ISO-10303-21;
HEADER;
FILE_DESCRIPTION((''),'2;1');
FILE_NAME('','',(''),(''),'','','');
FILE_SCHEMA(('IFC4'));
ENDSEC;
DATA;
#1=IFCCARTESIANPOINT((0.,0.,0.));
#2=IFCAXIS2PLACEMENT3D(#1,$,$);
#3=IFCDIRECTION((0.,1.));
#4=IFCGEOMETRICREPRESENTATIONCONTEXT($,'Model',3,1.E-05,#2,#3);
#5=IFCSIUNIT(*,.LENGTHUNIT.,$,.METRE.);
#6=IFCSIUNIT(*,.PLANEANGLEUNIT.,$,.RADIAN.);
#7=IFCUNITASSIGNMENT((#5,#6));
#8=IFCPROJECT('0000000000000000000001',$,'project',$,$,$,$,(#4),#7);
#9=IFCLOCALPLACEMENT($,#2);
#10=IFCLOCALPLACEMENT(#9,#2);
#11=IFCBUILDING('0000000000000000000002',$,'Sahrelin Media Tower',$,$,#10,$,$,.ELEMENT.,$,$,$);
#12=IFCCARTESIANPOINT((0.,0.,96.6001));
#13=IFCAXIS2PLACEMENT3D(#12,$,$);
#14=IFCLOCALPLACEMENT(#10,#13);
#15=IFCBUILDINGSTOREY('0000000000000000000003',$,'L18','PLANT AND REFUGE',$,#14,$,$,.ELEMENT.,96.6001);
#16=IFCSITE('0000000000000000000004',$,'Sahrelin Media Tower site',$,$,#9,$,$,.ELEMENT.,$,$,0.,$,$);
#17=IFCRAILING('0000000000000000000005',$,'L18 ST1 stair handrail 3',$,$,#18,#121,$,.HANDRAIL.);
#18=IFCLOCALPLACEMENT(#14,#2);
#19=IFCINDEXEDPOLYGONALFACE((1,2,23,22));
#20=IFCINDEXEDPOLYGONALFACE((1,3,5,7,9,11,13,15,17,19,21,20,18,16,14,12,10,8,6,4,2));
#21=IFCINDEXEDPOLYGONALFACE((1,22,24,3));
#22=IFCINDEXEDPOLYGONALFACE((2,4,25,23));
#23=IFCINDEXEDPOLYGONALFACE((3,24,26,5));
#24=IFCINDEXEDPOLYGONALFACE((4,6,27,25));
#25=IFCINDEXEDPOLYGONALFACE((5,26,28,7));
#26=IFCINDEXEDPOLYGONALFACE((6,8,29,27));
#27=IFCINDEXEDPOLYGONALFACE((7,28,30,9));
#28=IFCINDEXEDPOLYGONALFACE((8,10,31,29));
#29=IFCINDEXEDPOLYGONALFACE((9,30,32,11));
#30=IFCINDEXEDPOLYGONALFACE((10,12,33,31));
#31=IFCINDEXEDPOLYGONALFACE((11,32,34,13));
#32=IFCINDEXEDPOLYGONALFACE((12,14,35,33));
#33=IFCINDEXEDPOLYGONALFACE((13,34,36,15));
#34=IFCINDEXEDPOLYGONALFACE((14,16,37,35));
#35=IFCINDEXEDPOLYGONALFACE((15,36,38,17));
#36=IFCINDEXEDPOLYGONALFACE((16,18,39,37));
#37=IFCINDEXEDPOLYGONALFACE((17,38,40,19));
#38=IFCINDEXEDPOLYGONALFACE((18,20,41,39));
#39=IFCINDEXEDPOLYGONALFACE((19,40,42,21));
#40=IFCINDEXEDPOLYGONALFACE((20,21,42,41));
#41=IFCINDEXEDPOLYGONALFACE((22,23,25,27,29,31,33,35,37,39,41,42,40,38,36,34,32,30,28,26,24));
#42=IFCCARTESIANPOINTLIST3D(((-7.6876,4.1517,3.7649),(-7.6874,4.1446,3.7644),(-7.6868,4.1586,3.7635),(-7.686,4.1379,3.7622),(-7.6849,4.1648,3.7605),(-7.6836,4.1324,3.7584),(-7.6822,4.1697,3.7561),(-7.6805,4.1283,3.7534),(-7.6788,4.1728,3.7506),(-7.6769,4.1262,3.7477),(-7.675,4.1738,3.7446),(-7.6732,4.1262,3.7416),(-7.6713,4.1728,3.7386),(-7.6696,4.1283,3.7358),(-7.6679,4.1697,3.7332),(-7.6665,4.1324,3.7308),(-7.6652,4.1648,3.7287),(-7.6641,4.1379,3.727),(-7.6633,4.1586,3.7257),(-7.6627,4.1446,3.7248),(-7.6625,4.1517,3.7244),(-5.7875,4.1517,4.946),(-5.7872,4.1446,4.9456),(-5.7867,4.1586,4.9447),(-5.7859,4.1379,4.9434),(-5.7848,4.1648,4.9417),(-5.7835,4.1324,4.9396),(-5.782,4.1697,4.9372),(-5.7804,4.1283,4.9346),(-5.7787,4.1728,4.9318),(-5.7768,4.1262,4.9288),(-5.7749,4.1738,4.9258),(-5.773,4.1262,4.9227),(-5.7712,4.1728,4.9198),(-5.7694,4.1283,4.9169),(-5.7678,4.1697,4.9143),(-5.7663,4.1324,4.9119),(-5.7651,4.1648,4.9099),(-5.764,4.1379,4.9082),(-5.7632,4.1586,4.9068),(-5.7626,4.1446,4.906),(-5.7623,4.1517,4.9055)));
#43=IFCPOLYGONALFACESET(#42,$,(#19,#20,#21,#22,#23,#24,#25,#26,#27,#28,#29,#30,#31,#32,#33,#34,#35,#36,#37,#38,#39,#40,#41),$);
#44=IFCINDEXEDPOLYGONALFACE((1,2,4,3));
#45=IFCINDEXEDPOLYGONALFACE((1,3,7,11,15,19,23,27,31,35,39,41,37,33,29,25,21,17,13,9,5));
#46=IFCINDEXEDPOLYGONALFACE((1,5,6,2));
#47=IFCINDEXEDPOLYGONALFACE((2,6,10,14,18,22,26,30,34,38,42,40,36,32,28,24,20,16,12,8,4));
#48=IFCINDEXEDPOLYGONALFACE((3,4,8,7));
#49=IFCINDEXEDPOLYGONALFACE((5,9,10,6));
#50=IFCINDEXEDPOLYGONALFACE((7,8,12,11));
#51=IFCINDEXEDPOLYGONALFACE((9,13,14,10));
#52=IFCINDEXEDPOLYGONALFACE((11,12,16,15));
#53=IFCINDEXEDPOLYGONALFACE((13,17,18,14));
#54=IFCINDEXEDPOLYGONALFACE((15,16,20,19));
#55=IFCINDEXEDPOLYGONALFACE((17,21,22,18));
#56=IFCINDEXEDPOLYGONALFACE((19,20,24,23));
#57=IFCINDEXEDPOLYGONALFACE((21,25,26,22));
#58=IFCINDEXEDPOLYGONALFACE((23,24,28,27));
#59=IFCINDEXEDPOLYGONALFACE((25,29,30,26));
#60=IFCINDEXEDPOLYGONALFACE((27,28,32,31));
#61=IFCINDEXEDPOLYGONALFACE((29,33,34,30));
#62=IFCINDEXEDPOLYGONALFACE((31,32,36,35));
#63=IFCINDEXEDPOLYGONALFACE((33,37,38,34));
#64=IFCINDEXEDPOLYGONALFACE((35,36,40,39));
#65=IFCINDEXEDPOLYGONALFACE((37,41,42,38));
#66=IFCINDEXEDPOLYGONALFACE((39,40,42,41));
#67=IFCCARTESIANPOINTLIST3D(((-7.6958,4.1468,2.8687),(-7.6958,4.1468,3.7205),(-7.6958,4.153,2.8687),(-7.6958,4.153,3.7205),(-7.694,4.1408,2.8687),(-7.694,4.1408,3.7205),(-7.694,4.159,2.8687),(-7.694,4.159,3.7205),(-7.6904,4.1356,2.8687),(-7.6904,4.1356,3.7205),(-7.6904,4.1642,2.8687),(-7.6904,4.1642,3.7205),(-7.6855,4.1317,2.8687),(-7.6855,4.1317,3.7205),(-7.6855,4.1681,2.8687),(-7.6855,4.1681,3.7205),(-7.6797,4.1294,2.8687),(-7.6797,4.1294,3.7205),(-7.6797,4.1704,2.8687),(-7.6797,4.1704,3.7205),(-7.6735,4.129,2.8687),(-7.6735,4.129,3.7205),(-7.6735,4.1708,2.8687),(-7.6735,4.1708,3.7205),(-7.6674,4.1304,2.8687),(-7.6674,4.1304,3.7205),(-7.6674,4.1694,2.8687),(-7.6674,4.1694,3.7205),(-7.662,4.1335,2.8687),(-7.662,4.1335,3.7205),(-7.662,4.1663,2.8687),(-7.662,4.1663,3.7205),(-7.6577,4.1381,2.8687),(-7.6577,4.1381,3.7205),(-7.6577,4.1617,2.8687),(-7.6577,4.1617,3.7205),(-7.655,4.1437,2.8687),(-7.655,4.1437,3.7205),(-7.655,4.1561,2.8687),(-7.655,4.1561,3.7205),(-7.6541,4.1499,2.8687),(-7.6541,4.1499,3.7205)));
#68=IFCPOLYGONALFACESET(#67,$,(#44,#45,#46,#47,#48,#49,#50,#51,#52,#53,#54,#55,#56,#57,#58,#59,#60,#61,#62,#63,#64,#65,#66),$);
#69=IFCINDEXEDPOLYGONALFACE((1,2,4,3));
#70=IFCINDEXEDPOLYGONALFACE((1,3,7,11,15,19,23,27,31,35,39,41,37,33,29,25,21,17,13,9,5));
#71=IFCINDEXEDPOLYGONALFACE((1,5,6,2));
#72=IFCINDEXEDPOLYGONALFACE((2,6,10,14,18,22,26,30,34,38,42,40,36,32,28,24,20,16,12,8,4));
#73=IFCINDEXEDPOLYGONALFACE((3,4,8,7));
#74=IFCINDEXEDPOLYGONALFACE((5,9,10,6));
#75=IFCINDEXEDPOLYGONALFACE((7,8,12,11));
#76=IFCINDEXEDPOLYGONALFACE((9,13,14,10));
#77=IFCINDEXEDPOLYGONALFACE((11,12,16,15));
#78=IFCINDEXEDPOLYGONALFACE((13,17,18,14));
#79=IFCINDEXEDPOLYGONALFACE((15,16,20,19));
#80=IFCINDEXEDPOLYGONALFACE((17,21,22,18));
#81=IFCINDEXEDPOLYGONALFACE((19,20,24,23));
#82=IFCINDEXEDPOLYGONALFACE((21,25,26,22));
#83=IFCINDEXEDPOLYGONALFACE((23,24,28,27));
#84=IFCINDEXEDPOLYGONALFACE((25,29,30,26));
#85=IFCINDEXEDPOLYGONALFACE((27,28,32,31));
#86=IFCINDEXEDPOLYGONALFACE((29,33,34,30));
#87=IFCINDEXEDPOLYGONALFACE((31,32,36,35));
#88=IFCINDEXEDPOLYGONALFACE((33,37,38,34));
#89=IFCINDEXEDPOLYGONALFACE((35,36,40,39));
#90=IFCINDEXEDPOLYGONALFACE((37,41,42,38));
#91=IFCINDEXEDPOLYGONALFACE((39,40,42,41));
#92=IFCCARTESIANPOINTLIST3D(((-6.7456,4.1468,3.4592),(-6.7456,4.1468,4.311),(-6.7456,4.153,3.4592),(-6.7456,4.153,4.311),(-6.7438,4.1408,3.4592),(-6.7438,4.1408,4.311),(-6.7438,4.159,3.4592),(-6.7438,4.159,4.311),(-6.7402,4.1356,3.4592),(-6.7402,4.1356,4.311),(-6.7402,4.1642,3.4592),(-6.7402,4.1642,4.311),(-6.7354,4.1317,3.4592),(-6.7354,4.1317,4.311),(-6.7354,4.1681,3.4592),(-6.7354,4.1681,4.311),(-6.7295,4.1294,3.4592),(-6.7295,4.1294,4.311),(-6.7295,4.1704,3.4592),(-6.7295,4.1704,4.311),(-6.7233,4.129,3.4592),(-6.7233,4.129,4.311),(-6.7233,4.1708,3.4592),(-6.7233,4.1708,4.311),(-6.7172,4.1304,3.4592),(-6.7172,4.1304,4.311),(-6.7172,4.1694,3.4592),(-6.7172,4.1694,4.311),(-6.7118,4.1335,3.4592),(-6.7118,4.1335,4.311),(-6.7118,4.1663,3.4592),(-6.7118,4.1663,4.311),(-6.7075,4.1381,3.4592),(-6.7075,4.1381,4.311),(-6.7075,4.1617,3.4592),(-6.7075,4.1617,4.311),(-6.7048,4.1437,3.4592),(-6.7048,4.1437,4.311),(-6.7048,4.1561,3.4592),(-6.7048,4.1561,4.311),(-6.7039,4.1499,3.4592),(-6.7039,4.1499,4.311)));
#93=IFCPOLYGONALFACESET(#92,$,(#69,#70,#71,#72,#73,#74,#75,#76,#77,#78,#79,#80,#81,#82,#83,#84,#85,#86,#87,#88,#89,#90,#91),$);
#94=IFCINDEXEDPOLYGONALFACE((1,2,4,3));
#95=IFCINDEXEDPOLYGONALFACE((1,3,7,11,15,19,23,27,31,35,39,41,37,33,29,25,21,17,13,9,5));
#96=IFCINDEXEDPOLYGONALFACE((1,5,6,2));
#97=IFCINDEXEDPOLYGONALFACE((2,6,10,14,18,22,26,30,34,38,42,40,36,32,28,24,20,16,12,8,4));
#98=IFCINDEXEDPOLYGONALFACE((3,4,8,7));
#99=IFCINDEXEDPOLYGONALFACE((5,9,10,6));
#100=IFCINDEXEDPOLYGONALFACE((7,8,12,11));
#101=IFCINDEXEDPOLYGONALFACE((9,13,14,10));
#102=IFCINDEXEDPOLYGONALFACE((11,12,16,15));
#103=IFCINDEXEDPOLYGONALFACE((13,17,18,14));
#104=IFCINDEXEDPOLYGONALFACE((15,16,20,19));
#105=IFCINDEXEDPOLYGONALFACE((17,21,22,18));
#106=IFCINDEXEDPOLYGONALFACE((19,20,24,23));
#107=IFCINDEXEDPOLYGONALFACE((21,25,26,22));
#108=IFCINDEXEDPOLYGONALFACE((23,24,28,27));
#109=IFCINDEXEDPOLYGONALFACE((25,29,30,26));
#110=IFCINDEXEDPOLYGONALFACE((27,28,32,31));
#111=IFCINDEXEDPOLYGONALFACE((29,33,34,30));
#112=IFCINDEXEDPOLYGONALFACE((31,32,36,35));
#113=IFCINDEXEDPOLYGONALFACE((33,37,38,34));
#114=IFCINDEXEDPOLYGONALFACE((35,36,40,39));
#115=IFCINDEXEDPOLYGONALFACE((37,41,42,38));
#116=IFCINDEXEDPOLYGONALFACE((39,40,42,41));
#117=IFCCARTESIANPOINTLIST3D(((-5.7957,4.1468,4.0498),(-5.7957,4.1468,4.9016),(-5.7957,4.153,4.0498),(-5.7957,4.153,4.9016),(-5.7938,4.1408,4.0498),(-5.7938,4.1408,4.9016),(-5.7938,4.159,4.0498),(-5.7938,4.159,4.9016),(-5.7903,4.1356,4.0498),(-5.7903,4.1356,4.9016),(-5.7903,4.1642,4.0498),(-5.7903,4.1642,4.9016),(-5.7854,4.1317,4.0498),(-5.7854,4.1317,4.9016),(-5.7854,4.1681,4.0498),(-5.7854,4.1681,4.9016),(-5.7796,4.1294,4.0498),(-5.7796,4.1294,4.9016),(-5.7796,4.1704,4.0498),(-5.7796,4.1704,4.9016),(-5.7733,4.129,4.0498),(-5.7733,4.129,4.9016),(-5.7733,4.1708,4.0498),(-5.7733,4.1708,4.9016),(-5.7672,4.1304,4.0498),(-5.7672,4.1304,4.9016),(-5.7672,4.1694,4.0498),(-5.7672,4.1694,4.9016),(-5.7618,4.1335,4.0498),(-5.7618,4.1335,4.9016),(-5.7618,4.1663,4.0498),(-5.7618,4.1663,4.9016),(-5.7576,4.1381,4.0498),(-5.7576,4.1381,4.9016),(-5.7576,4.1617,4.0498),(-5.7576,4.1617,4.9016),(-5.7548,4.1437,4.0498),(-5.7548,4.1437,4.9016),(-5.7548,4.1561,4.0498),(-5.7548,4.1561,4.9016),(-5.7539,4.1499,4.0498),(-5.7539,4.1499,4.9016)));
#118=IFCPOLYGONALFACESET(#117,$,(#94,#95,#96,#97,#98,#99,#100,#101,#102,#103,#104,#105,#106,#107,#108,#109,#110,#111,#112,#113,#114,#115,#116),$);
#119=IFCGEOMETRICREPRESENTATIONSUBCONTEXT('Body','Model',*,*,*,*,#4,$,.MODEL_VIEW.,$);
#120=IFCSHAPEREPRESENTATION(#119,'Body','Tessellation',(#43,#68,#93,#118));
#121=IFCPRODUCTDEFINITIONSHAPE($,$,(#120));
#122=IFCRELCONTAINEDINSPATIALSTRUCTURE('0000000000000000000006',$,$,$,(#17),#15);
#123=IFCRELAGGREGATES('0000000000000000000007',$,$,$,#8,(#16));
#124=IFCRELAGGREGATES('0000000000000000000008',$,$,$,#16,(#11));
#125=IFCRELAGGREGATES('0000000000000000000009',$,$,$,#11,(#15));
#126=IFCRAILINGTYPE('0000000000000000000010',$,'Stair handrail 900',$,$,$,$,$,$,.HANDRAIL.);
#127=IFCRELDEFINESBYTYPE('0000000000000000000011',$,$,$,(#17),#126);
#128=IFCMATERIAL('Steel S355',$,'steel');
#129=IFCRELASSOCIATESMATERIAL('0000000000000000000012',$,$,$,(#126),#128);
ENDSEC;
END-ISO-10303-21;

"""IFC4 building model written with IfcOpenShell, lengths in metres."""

from ifc_helpers import new_model, si_unit, direction, frame, origin, origin_2d, place, context, subcontext, project, spatial, circle, extrude, material, type_object, element, save


model = new_model("IFC4")

# Units and contexts
model_context = context("Model", 3, precision=1e-05, world=origin(), true_north=direction((0.0, 1.0)))
body_context = subcontext(model_context, "Body", "Model", "MODEL_VIEW")
ifc_project = project(units=[si_unit("LENGTHUNIT", "METRE"), si_unit("PLANEANGLEUNIT", "RADIAN")], contexts=[model_context])

# Site, building, storey
site_placement = place(None, origin())
site = spatial("IfcSite", under=ifc_project, at=site_placement, Name="Sahrelin Media Tower site", CompositionType="ELEMENT", RefElevation=0.0)
building_placement = place(site_placement, origin())
building = spatial("IfcBuilding", under=site, at=building_placement, Name="Sahrelin Media Tower", CompositionType="ELEMENT")
storey_placement = place(building_placement, frame((0.0, 0.0, 96.6001)))
storey = spatial("IfcBuildingStorey", under=building, at=storey_placement, Name="L18", Description="PLANT AND REFUGE", CompositionType="ELEMENT", Elevation=96.6001)

# Railing
ifc_material_1 = material(Name="Steel S355", Category="steel")
railing_type_1 = type_object("IfcRailingType", Name="Stair handrail 900", PredefinedType="HANDRAIL", material=ifc_material_1)
railing_1_placement = place(storey_placement, frame((-7.675, 4.1499, 2.8687)))
element("IfcRailing", 1, at=railing_1_placement, inside=storey, type_object=railing_type_1, Name="L18 ST1 stair handrail 3", PredefinedType="HANDRAIL", context=body_context, shape_type="SweptSolid", body=[
    extrude(circle(Radius=0.0239, at=origin_2d()), frame((0.0, 0.0, 0.876), z_axis=(0.849289, 0.0, 0.527928), x_axis=(0.0, 1.0, 0.0)), (0.0, 0.0, 1.0), 2.2373),
    extrude(circle(Radius=0.021, at=origin_2d()), origin(), (0.0, 0.0, 1.0), 0.8518),
    extrude(circle(Radius=0.021, at=origin_2d()), frame((0.9502, 0.0, 0.5906)), (0.0, 0.0, 1.0), 0.8518),
    extrude(circle(Radius=0.021, at=origin_2d()), frame((1.9001, 0.0, 1.1812)), (0.0, 0.0, 1.0), 0.8518),
])

save(model, "model.ifc")
